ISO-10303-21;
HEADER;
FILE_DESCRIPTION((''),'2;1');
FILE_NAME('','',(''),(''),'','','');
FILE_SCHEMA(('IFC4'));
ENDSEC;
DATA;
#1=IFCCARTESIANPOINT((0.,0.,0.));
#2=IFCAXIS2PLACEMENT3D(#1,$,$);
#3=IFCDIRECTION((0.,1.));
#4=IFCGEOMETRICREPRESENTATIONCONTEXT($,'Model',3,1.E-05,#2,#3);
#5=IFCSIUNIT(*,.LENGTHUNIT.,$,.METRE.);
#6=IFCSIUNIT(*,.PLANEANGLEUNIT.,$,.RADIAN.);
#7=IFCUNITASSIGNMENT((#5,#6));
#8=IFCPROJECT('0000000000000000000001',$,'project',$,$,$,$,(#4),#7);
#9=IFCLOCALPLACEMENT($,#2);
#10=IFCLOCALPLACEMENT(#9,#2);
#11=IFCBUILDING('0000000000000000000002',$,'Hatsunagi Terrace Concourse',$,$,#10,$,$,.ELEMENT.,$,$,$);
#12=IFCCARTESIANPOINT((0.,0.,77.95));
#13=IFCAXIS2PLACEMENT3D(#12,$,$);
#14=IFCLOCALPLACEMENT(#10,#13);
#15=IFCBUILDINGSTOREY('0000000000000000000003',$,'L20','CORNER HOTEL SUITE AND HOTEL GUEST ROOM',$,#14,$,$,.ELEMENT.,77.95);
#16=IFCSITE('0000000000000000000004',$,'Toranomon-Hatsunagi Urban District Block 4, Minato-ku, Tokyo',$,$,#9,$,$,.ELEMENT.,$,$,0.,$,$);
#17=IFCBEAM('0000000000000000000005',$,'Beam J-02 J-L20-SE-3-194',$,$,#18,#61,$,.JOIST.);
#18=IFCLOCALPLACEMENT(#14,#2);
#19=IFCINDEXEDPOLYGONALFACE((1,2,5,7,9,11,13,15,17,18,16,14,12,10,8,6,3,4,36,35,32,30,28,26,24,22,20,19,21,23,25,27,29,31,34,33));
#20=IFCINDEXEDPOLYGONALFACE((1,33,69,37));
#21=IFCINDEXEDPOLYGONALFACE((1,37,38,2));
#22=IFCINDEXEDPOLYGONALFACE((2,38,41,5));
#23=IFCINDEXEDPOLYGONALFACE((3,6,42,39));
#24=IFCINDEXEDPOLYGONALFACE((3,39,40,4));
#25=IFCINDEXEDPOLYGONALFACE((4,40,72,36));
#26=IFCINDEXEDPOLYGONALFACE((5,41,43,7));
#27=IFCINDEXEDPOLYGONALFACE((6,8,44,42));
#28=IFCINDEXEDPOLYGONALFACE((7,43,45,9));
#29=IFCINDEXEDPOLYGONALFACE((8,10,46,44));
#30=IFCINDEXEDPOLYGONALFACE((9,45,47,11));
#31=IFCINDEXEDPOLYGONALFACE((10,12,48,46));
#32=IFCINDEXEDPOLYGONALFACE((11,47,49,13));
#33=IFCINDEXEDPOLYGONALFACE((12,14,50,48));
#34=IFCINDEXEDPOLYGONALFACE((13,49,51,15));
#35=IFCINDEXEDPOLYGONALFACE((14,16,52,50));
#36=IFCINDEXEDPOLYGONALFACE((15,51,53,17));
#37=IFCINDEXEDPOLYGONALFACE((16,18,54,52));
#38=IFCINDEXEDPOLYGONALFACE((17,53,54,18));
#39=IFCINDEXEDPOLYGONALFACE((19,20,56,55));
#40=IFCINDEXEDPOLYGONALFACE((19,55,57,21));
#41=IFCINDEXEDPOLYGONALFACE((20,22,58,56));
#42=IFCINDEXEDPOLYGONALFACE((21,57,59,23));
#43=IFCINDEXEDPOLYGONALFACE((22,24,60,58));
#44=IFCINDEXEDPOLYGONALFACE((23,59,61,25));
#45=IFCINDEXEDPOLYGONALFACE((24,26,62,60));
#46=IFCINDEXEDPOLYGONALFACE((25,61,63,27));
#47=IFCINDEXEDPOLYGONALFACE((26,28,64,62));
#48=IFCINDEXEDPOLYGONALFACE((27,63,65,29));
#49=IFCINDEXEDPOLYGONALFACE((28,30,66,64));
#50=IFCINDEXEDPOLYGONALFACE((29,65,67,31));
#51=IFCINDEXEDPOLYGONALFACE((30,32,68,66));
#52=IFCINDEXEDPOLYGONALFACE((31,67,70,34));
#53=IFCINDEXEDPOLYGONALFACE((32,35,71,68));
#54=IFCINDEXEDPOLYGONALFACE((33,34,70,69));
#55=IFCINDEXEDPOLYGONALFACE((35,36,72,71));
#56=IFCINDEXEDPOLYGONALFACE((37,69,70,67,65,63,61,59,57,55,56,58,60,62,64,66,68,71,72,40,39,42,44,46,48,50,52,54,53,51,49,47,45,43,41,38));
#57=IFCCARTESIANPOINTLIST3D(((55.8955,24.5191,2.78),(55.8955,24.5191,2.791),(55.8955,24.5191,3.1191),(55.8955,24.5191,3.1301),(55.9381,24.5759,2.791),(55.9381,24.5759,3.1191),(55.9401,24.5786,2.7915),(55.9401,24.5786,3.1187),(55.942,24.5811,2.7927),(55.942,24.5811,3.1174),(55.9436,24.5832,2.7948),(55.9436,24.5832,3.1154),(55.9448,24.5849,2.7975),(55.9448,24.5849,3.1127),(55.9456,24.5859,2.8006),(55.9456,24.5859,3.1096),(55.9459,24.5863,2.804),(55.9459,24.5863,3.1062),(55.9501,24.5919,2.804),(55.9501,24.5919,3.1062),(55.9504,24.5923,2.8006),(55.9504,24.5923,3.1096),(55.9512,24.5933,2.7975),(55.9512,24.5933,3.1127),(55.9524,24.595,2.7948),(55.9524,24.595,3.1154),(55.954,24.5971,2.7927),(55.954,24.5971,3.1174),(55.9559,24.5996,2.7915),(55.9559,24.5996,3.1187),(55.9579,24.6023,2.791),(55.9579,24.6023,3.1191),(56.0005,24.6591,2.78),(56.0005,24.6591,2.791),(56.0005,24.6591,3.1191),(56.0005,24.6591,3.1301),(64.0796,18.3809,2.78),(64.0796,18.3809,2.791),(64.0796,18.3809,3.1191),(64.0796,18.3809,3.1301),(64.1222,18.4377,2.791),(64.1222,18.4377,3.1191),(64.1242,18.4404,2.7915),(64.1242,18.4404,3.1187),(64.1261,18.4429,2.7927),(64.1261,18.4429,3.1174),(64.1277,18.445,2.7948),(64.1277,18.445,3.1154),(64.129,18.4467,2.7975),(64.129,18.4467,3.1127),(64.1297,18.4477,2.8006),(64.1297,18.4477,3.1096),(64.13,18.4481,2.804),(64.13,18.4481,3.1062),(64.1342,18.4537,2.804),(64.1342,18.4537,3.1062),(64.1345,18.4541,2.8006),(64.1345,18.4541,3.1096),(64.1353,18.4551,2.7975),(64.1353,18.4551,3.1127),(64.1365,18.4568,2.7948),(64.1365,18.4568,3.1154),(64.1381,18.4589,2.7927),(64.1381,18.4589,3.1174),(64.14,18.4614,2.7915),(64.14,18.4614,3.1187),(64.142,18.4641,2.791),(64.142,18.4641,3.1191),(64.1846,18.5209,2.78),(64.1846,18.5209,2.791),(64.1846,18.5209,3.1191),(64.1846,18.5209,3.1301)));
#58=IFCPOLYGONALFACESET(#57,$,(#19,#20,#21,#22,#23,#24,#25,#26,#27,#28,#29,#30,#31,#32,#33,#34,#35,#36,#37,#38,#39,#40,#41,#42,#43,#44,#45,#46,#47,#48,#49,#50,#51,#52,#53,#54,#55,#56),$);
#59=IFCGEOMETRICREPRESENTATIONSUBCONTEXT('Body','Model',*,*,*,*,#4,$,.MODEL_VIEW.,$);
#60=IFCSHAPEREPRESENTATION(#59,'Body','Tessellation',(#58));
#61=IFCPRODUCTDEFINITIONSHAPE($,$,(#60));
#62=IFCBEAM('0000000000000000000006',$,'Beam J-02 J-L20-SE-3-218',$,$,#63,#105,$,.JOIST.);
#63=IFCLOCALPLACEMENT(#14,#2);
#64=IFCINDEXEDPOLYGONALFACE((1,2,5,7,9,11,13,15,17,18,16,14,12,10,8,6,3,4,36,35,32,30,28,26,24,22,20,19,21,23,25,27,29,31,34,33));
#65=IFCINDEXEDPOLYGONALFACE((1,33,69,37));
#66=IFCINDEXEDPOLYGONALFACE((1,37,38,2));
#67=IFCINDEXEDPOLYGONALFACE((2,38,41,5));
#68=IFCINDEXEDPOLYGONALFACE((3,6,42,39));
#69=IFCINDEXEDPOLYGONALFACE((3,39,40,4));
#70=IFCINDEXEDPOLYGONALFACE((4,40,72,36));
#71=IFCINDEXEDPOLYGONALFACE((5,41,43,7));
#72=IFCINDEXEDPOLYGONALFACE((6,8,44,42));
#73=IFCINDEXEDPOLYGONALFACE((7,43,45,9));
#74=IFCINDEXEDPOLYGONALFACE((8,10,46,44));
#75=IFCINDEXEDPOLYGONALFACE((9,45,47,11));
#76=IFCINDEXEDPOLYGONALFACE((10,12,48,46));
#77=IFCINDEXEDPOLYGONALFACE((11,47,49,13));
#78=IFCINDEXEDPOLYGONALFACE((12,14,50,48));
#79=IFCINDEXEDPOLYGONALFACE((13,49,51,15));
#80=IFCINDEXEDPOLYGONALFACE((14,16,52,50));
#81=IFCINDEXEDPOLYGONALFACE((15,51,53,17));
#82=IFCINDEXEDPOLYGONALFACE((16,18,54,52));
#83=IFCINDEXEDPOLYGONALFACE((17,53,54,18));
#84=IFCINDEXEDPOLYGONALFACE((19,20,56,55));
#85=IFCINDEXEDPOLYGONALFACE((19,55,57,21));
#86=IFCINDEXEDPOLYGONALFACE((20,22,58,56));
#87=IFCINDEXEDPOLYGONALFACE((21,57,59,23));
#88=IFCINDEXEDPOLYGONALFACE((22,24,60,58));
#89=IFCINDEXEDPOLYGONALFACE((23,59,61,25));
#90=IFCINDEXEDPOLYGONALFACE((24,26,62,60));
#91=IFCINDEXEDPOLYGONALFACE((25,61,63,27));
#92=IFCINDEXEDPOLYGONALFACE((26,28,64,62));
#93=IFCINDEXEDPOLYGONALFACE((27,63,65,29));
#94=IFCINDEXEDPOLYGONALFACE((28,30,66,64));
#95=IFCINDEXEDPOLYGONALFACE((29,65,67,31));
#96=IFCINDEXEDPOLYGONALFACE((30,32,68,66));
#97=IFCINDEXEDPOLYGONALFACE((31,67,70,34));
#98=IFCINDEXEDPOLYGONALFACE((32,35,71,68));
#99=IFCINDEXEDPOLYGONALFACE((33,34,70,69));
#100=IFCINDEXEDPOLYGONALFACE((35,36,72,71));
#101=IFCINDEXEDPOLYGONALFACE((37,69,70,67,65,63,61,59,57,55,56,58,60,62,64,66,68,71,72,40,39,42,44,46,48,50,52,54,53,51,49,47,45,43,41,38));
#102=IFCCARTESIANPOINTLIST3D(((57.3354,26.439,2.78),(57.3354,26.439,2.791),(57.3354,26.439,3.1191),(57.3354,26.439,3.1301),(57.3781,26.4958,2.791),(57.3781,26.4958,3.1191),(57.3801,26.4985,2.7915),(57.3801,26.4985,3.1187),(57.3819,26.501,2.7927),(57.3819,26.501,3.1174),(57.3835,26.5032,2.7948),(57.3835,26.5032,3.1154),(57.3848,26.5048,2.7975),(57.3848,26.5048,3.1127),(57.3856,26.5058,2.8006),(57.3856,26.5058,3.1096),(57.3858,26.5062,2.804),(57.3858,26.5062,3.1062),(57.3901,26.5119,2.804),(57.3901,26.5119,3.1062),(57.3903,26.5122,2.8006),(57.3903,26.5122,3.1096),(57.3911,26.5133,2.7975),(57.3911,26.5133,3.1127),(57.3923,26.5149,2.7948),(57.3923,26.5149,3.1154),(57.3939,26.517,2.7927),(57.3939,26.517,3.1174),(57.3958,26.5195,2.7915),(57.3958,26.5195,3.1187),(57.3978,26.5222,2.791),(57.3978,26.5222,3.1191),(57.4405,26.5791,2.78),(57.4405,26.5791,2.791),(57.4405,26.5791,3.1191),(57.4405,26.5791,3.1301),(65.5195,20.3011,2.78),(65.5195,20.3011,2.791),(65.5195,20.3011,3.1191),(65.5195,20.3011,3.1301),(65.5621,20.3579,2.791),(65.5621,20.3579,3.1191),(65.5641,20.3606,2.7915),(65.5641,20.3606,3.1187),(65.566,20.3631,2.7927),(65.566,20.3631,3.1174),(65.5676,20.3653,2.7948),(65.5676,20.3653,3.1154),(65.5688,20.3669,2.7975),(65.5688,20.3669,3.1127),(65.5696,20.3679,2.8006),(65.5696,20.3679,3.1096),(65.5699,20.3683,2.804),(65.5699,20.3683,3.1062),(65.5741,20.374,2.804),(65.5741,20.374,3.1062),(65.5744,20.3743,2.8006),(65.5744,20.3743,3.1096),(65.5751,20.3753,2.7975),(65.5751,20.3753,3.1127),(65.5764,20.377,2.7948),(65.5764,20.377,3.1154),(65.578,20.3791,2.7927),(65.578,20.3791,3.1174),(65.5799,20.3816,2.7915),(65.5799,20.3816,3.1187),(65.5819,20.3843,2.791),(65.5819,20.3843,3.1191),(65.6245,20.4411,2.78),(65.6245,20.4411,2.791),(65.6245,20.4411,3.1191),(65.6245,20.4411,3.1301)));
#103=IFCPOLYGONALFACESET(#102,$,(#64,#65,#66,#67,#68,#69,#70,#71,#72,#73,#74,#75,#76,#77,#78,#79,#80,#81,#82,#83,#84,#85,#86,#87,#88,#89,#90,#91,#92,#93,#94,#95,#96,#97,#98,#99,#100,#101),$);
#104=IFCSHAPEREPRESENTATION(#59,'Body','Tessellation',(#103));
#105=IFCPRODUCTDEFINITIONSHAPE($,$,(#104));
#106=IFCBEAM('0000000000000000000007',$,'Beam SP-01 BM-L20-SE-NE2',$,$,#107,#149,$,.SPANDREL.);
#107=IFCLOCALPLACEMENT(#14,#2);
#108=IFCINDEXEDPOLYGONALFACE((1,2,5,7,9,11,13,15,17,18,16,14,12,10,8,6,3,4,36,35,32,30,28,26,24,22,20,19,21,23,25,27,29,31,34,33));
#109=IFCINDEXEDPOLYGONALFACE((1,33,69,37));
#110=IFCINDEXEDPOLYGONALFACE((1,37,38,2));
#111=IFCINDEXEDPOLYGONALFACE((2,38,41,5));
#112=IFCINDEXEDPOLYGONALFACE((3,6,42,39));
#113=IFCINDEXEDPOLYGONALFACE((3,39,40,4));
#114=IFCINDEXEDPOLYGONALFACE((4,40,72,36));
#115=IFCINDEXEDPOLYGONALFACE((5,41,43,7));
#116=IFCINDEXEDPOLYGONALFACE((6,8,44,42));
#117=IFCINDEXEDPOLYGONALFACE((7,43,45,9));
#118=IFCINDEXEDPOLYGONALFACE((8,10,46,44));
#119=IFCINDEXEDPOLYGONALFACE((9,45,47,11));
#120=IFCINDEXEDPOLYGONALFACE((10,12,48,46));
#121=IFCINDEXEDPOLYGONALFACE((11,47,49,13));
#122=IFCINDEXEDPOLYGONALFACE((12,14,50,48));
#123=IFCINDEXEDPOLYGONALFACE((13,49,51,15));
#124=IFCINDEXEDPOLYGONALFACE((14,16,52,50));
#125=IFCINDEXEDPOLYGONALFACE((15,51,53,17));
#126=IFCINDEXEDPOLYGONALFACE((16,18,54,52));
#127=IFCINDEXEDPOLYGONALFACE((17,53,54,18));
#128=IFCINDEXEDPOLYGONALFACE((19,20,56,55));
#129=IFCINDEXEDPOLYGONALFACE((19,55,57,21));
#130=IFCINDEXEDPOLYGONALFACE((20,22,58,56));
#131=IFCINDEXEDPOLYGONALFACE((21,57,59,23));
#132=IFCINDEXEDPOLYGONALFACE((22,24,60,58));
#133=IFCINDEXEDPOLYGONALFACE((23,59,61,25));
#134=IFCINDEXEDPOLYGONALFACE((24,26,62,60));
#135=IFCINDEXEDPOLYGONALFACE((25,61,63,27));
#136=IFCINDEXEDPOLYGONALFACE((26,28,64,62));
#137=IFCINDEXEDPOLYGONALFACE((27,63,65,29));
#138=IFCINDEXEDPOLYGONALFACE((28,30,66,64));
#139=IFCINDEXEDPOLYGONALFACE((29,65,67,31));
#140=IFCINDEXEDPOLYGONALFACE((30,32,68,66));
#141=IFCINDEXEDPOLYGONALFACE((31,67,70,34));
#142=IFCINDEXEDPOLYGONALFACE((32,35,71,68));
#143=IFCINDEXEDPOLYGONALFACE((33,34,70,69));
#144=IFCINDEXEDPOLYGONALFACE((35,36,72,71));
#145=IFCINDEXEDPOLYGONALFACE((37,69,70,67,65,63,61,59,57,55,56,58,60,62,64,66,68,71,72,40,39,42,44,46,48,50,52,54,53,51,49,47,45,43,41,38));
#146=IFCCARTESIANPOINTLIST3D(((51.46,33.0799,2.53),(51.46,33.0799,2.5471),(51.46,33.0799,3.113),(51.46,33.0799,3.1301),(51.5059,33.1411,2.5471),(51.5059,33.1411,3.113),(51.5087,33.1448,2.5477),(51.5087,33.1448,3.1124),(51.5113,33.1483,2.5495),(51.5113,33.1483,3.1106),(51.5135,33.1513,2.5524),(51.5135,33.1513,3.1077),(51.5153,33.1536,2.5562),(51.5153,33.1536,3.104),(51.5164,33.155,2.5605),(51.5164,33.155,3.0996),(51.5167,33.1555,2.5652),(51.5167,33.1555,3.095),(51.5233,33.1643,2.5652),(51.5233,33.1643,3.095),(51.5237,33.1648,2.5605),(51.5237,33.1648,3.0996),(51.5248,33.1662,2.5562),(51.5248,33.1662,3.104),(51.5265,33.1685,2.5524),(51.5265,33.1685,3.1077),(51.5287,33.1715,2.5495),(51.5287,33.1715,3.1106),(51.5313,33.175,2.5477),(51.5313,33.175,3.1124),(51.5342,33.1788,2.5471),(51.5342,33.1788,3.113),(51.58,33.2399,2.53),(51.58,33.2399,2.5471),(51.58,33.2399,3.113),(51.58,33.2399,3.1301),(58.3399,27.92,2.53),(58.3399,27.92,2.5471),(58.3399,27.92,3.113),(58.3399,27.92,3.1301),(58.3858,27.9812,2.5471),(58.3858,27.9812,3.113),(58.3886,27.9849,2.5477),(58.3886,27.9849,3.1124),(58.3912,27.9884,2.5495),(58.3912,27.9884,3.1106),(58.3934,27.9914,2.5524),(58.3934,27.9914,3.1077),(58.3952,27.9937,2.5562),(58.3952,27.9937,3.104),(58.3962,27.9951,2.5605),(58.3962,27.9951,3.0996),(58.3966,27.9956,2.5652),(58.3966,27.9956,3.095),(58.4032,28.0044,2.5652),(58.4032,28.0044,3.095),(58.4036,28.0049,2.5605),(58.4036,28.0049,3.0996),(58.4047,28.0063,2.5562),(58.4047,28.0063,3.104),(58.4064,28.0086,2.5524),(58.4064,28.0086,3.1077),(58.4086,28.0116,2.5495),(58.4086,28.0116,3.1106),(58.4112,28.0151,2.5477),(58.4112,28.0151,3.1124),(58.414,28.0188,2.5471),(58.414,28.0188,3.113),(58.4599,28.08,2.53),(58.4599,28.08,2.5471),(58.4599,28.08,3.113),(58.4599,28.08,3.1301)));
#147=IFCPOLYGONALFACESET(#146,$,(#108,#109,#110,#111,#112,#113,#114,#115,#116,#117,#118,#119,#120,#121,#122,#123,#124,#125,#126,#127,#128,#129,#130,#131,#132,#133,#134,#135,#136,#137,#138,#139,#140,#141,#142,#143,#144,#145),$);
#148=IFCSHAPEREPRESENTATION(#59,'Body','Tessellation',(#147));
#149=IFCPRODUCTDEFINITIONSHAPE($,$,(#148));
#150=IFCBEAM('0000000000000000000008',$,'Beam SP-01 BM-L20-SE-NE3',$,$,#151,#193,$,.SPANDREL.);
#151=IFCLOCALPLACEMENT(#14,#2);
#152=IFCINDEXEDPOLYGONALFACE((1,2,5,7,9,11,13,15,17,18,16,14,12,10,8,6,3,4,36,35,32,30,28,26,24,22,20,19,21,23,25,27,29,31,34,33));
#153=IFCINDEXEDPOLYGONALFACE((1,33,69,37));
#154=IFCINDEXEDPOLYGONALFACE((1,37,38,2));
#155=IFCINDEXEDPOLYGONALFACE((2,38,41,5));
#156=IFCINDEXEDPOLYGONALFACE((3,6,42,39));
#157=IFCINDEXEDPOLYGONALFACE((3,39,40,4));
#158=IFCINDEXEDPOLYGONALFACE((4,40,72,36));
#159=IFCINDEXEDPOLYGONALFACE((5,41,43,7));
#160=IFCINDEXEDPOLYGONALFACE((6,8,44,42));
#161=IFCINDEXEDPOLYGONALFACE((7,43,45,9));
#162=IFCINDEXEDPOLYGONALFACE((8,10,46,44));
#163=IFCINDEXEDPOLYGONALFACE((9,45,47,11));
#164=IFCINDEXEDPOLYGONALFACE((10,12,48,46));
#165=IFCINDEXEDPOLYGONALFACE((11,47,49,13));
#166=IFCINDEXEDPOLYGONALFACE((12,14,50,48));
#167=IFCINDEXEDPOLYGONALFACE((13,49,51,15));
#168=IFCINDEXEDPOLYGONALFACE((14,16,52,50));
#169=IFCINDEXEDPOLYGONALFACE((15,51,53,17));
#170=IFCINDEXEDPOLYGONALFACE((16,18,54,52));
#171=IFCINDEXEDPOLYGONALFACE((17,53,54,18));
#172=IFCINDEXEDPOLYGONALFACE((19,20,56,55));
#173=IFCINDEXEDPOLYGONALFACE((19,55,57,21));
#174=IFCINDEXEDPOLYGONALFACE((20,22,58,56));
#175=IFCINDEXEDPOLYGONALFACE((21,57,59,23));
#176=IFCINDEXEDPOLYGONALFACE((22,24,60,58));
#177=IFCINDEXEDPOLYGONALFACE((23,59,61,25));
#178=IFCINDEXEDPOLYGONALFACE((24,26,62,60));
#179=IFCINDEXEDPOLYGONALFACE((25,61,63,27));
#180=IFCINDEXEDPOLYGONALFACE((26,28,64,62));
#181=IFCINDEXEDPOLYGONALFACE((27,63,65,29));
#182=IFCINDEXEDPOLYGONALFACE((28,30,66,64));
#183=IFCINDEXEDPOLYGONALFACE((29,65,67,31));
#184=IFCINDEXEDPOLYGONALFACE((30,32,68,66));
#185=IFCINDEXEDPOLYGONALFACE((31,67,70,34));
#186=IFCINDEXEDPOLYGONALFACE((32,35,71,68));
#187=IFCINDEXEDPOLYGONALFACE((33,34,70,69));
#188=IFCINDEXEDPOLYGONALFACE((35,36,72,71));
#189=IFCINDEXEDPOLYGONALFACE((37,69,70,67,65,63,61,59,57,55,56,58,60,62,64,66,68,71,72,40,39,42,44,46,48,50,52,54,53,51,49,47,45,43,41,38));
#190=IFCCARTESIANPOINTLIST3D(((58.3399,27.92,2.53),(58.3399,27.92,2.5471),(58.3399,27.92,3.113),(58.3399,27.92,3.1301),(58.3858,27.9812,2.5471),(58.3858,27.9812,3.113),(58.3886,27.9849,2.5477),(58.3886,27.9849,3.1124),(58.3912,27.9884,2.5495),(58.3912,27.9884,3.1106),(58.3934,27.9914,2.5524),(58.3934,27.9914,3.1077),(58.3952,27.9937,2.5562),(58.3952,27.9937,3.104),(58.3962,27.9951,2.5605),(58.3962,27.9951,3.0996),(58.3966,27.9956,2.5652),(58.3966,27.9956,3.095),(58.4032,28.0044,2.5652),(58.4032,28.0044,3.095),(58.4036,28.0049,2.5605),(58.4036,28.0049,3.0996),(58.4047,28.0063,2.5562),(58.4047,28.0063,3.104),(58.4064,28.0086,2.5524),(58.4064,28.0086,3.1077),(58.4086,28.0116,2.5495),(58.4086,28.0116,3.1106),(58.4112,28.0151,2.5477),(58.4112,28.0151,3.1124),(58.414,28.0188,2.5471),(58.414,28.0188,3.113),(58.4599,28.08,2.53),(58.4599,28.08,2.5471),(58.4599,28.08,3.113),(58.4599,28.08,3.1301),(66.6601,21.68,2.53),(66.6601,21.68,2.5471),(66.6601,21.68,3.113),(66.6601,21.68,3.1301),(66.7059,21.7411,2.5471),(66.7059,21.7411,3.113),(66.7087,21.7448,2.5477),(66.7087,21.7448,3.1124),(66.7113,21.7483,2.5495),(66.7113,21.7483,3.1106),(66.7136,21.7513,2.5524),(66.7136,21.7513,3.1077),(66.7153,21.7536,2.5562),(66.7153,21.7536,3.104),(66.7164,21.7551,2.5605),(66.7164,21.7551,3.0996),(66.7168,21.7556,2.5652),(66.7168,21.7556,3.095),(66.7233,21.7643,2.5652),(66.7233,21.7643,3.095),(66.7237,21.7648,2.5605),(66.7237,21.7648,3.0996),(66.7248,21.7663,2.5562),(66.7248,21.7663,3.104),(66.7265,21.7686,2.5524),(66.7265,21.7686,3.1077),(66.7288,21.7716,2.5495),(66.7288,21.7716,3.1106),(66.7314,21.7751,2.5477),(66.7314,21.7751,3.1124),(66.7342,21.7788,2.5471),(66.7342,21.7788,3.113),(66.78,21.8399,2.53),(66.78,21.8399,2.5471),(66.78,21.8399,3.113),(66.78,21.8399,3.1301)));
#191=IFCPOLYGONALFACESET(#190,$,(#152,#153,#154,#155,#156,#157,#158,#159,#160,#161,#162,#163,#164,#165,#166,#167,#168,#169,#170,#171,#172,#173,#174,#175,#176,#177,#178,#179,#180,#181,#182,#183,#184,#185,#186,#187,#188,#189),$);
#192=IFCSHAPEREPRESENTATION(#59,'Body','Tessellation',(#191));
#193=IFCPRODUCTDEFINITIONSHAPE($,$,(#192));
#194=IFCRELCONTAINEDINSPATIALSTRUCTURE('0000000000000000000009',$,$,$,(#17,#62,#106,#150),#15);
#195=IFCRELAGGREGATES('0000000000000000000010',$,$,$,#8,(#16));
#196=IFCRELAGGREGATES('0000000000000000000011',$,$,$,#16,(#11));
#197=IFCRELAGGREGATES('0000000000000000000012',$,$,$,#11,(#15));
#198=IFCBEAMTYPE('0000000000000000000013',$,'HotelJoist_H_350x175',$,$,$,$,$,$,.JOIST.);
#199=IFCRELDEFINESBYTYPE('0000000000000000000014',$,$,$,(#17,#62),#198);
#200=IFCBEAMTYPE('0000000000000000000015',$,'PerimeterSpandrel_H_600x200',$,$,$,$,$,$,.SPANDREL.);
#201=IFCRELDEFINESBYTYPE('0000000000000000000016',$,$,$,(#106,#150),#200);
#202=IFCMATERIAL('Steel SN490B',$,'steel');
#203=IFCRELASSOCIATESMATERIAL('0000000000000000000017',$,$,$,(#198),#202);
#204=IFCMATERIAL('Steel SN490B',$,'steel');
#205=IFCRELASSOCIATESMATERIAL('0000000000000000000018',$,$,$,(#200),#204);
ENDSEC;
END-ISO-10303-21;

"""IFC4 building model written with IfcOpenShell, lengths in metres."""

from ifc_helpers import new_model, si_unit, direction, frame, origin, origin_2d, place, context, subcontext, project, spatial, i_section, extrude, material, material_profile, profile_set, type_object, element, save


model = new_model("IFC4")

# Units and contexts
model_context = context("Model", 3, precision=1e-05, world=origin(), true_north=direction((0.0, 1.0)))
body_context = subcontext(model_context, "Body", "Model", "MODEL_VIEW")
ifc_project = project(units=[si_unit("LENGTHUNIT", "METRE"), si_unit("PLANEANGLEUNIT", "RADIAN")], contexts=[model_context])

# Site, building, storey
site_placement = place(None, origin())
site = spatial("IfcSite", under=ifc_project, at=site_placement, Name="Toranomon-Hatsunagi Urban District Block 4, Minato-ku, Tokyo", CompositionType="ELEMENT", RefElevation=0.0)
building_placement = place(site_placement, origin())
building = spatial("IfcBuilding", under=site, at=building_placement, Name="Hatsunagi Terrace Concourse", CompositionType="ELEMENT")
storey_placement = place(building_placement, frame((0.0, 0.0, 77.95)))
storey = spatial("IfcBuildingStorey", under=building, at=storey_placement, Name="L20", Description="CORNER HOTEL SUITE AND HOTEL GUEST ROOM", CompositionType="ELEMENT", Elevation=77.95)

# Beams
ifc_material_1 = material(Name="Steel SN490B", Category="steel")
ifc_material_profile_1 = material_profile(ifc_material_1, i_section(OverallWidth=0.175, OverallDepth=0.3501, WebThickness=0.0071, FlangeThickness=0.011, FilletRadius=0.0129, at=origin_2d()), Name="H-350x175x7x11")
ifc_profile_set_1 = profile_set([ifc_material_profile_1], Name="Steel SN490B")
beam_type_1 = type_object("IfcBeamType", Name="HotelJoist_H_350x175", PredefinedType="JOIST", material=ifc_profile_set_1)
beam_1_placement = place(storey_placement, frame((55.948, 24.5891, 2.9551), z_axis=(0.799994, -0.600008, 0.0), x_axis=(0.600008, 0.799994, 0.0)))
element("IfcBeam", 1, at=beam_1_placement, inside=storey, type_object=beam_type_1, Name="Beam J-02 J-L20-SE-3-194", PredefinedType="JOIST", context=body_context, shape_type="SweptSolid", body=[
    extrude(i_section(OverallWidth=0.175, OverallDepth=0.3501, WebThickness=0.0071, FlangeThickness=0.011, FilletRadius=0.0129, at=origin_2d()), origin(), (0.0, 0.0, 1.0), 10.2302),
])
beam_2_placement = place(storey_placement, frame((57.3879, 26.509, 2.9551), z_axis=(0.800006, -0.599992, 0.0), x_axis=(0.599992, 0.800006, 0.0)))
element("IfcBeam", 2, at=beam_2_placement, inside=storey, type_object=beam_type_1, Name="Beam J-02 J-L20-SE-3-218", PredefinedType="JOIST", context=body_context, shape_type="SweptSolid", body=[
    extrude(i_section(OverallWidth=0.175, OverallDepth=0.3501, WebThickness=0.0071, FlangeThickness=0.011, FilletRadius=0.0129, at=origin_2d()), origin(), (0.0, 0.0, 1.0), 10.23),
])
ifc_material_2 = material(Name="Steel SN490B", Category="steel")
ifc_material_profile_2 = material_profile(ifc_material_2, i_section(OverallWidth=0.2, OverallDepth=0.6001, WebThickness=0.011, FlangeThickness=0.0171, FilletRadius=0.0181, at=origin_2d()), Name="H-600x200x11x17")
ifc_profile_set_2 = profile_set([ifc_material_profile_2], Name="Steel SN490B")
beam_type_2 = type_object("IfcBeamType", Name="PerimeterSpandrel_H_600x200", PredefinedType="SPANDREL", material=ifc_profile_set_2)
beam_3_placement = place(storey_placement, frame((51.52, 33.1599, 2.8301), z_axis=(0.8, -0.6, 0.0), x_axis=(0.6, 0.8, 0.0)))
element("IfcBeam", 3, at=beam_3_placement, inside=storey, type_object=beam_type_2, Name="Beam SP-01 BM-L20-SE-NE2", PredefinedType="SPANDREL", context=body_context, shape_type="SweptSolid", body=[
    extrude(i_section(OverallWidth=0.2, OverallDepth=0.6001, WebThickness=0.011, FlangeThickness=0.0171, FilletRadius=0.0181, at=origin_2d()), origin(), (0.0, 0.0, 1.0), 8.5999),
])
beam_4_placement = place(storey_placement, frame((58.3999, 28.0, 2.8301), z_axis=(0.800003, -0.599996, 0.0), x_axis=(0.599996, 0.800003, 0.0)))
element("IfcBeam", 4, at=beam_4_placement, inside=storey, type_object=beam_type_2, Name="Beam SP-01 BM-L20-SE-NE3", PredefinedType="SPANDREL", context=body_context, shape_type="SweptSolid", body=[
    extrude(i_section(OverallWidth=0.2, OverallDepth=0.6001, WebThickness=0.011, FlangeThickness=0.0171, FilletRadius=0.0181, at=origin_2d()), origin(), (0.0, 0.0, 1.0), 10.4001),
])

save(model, "model.ifc")
